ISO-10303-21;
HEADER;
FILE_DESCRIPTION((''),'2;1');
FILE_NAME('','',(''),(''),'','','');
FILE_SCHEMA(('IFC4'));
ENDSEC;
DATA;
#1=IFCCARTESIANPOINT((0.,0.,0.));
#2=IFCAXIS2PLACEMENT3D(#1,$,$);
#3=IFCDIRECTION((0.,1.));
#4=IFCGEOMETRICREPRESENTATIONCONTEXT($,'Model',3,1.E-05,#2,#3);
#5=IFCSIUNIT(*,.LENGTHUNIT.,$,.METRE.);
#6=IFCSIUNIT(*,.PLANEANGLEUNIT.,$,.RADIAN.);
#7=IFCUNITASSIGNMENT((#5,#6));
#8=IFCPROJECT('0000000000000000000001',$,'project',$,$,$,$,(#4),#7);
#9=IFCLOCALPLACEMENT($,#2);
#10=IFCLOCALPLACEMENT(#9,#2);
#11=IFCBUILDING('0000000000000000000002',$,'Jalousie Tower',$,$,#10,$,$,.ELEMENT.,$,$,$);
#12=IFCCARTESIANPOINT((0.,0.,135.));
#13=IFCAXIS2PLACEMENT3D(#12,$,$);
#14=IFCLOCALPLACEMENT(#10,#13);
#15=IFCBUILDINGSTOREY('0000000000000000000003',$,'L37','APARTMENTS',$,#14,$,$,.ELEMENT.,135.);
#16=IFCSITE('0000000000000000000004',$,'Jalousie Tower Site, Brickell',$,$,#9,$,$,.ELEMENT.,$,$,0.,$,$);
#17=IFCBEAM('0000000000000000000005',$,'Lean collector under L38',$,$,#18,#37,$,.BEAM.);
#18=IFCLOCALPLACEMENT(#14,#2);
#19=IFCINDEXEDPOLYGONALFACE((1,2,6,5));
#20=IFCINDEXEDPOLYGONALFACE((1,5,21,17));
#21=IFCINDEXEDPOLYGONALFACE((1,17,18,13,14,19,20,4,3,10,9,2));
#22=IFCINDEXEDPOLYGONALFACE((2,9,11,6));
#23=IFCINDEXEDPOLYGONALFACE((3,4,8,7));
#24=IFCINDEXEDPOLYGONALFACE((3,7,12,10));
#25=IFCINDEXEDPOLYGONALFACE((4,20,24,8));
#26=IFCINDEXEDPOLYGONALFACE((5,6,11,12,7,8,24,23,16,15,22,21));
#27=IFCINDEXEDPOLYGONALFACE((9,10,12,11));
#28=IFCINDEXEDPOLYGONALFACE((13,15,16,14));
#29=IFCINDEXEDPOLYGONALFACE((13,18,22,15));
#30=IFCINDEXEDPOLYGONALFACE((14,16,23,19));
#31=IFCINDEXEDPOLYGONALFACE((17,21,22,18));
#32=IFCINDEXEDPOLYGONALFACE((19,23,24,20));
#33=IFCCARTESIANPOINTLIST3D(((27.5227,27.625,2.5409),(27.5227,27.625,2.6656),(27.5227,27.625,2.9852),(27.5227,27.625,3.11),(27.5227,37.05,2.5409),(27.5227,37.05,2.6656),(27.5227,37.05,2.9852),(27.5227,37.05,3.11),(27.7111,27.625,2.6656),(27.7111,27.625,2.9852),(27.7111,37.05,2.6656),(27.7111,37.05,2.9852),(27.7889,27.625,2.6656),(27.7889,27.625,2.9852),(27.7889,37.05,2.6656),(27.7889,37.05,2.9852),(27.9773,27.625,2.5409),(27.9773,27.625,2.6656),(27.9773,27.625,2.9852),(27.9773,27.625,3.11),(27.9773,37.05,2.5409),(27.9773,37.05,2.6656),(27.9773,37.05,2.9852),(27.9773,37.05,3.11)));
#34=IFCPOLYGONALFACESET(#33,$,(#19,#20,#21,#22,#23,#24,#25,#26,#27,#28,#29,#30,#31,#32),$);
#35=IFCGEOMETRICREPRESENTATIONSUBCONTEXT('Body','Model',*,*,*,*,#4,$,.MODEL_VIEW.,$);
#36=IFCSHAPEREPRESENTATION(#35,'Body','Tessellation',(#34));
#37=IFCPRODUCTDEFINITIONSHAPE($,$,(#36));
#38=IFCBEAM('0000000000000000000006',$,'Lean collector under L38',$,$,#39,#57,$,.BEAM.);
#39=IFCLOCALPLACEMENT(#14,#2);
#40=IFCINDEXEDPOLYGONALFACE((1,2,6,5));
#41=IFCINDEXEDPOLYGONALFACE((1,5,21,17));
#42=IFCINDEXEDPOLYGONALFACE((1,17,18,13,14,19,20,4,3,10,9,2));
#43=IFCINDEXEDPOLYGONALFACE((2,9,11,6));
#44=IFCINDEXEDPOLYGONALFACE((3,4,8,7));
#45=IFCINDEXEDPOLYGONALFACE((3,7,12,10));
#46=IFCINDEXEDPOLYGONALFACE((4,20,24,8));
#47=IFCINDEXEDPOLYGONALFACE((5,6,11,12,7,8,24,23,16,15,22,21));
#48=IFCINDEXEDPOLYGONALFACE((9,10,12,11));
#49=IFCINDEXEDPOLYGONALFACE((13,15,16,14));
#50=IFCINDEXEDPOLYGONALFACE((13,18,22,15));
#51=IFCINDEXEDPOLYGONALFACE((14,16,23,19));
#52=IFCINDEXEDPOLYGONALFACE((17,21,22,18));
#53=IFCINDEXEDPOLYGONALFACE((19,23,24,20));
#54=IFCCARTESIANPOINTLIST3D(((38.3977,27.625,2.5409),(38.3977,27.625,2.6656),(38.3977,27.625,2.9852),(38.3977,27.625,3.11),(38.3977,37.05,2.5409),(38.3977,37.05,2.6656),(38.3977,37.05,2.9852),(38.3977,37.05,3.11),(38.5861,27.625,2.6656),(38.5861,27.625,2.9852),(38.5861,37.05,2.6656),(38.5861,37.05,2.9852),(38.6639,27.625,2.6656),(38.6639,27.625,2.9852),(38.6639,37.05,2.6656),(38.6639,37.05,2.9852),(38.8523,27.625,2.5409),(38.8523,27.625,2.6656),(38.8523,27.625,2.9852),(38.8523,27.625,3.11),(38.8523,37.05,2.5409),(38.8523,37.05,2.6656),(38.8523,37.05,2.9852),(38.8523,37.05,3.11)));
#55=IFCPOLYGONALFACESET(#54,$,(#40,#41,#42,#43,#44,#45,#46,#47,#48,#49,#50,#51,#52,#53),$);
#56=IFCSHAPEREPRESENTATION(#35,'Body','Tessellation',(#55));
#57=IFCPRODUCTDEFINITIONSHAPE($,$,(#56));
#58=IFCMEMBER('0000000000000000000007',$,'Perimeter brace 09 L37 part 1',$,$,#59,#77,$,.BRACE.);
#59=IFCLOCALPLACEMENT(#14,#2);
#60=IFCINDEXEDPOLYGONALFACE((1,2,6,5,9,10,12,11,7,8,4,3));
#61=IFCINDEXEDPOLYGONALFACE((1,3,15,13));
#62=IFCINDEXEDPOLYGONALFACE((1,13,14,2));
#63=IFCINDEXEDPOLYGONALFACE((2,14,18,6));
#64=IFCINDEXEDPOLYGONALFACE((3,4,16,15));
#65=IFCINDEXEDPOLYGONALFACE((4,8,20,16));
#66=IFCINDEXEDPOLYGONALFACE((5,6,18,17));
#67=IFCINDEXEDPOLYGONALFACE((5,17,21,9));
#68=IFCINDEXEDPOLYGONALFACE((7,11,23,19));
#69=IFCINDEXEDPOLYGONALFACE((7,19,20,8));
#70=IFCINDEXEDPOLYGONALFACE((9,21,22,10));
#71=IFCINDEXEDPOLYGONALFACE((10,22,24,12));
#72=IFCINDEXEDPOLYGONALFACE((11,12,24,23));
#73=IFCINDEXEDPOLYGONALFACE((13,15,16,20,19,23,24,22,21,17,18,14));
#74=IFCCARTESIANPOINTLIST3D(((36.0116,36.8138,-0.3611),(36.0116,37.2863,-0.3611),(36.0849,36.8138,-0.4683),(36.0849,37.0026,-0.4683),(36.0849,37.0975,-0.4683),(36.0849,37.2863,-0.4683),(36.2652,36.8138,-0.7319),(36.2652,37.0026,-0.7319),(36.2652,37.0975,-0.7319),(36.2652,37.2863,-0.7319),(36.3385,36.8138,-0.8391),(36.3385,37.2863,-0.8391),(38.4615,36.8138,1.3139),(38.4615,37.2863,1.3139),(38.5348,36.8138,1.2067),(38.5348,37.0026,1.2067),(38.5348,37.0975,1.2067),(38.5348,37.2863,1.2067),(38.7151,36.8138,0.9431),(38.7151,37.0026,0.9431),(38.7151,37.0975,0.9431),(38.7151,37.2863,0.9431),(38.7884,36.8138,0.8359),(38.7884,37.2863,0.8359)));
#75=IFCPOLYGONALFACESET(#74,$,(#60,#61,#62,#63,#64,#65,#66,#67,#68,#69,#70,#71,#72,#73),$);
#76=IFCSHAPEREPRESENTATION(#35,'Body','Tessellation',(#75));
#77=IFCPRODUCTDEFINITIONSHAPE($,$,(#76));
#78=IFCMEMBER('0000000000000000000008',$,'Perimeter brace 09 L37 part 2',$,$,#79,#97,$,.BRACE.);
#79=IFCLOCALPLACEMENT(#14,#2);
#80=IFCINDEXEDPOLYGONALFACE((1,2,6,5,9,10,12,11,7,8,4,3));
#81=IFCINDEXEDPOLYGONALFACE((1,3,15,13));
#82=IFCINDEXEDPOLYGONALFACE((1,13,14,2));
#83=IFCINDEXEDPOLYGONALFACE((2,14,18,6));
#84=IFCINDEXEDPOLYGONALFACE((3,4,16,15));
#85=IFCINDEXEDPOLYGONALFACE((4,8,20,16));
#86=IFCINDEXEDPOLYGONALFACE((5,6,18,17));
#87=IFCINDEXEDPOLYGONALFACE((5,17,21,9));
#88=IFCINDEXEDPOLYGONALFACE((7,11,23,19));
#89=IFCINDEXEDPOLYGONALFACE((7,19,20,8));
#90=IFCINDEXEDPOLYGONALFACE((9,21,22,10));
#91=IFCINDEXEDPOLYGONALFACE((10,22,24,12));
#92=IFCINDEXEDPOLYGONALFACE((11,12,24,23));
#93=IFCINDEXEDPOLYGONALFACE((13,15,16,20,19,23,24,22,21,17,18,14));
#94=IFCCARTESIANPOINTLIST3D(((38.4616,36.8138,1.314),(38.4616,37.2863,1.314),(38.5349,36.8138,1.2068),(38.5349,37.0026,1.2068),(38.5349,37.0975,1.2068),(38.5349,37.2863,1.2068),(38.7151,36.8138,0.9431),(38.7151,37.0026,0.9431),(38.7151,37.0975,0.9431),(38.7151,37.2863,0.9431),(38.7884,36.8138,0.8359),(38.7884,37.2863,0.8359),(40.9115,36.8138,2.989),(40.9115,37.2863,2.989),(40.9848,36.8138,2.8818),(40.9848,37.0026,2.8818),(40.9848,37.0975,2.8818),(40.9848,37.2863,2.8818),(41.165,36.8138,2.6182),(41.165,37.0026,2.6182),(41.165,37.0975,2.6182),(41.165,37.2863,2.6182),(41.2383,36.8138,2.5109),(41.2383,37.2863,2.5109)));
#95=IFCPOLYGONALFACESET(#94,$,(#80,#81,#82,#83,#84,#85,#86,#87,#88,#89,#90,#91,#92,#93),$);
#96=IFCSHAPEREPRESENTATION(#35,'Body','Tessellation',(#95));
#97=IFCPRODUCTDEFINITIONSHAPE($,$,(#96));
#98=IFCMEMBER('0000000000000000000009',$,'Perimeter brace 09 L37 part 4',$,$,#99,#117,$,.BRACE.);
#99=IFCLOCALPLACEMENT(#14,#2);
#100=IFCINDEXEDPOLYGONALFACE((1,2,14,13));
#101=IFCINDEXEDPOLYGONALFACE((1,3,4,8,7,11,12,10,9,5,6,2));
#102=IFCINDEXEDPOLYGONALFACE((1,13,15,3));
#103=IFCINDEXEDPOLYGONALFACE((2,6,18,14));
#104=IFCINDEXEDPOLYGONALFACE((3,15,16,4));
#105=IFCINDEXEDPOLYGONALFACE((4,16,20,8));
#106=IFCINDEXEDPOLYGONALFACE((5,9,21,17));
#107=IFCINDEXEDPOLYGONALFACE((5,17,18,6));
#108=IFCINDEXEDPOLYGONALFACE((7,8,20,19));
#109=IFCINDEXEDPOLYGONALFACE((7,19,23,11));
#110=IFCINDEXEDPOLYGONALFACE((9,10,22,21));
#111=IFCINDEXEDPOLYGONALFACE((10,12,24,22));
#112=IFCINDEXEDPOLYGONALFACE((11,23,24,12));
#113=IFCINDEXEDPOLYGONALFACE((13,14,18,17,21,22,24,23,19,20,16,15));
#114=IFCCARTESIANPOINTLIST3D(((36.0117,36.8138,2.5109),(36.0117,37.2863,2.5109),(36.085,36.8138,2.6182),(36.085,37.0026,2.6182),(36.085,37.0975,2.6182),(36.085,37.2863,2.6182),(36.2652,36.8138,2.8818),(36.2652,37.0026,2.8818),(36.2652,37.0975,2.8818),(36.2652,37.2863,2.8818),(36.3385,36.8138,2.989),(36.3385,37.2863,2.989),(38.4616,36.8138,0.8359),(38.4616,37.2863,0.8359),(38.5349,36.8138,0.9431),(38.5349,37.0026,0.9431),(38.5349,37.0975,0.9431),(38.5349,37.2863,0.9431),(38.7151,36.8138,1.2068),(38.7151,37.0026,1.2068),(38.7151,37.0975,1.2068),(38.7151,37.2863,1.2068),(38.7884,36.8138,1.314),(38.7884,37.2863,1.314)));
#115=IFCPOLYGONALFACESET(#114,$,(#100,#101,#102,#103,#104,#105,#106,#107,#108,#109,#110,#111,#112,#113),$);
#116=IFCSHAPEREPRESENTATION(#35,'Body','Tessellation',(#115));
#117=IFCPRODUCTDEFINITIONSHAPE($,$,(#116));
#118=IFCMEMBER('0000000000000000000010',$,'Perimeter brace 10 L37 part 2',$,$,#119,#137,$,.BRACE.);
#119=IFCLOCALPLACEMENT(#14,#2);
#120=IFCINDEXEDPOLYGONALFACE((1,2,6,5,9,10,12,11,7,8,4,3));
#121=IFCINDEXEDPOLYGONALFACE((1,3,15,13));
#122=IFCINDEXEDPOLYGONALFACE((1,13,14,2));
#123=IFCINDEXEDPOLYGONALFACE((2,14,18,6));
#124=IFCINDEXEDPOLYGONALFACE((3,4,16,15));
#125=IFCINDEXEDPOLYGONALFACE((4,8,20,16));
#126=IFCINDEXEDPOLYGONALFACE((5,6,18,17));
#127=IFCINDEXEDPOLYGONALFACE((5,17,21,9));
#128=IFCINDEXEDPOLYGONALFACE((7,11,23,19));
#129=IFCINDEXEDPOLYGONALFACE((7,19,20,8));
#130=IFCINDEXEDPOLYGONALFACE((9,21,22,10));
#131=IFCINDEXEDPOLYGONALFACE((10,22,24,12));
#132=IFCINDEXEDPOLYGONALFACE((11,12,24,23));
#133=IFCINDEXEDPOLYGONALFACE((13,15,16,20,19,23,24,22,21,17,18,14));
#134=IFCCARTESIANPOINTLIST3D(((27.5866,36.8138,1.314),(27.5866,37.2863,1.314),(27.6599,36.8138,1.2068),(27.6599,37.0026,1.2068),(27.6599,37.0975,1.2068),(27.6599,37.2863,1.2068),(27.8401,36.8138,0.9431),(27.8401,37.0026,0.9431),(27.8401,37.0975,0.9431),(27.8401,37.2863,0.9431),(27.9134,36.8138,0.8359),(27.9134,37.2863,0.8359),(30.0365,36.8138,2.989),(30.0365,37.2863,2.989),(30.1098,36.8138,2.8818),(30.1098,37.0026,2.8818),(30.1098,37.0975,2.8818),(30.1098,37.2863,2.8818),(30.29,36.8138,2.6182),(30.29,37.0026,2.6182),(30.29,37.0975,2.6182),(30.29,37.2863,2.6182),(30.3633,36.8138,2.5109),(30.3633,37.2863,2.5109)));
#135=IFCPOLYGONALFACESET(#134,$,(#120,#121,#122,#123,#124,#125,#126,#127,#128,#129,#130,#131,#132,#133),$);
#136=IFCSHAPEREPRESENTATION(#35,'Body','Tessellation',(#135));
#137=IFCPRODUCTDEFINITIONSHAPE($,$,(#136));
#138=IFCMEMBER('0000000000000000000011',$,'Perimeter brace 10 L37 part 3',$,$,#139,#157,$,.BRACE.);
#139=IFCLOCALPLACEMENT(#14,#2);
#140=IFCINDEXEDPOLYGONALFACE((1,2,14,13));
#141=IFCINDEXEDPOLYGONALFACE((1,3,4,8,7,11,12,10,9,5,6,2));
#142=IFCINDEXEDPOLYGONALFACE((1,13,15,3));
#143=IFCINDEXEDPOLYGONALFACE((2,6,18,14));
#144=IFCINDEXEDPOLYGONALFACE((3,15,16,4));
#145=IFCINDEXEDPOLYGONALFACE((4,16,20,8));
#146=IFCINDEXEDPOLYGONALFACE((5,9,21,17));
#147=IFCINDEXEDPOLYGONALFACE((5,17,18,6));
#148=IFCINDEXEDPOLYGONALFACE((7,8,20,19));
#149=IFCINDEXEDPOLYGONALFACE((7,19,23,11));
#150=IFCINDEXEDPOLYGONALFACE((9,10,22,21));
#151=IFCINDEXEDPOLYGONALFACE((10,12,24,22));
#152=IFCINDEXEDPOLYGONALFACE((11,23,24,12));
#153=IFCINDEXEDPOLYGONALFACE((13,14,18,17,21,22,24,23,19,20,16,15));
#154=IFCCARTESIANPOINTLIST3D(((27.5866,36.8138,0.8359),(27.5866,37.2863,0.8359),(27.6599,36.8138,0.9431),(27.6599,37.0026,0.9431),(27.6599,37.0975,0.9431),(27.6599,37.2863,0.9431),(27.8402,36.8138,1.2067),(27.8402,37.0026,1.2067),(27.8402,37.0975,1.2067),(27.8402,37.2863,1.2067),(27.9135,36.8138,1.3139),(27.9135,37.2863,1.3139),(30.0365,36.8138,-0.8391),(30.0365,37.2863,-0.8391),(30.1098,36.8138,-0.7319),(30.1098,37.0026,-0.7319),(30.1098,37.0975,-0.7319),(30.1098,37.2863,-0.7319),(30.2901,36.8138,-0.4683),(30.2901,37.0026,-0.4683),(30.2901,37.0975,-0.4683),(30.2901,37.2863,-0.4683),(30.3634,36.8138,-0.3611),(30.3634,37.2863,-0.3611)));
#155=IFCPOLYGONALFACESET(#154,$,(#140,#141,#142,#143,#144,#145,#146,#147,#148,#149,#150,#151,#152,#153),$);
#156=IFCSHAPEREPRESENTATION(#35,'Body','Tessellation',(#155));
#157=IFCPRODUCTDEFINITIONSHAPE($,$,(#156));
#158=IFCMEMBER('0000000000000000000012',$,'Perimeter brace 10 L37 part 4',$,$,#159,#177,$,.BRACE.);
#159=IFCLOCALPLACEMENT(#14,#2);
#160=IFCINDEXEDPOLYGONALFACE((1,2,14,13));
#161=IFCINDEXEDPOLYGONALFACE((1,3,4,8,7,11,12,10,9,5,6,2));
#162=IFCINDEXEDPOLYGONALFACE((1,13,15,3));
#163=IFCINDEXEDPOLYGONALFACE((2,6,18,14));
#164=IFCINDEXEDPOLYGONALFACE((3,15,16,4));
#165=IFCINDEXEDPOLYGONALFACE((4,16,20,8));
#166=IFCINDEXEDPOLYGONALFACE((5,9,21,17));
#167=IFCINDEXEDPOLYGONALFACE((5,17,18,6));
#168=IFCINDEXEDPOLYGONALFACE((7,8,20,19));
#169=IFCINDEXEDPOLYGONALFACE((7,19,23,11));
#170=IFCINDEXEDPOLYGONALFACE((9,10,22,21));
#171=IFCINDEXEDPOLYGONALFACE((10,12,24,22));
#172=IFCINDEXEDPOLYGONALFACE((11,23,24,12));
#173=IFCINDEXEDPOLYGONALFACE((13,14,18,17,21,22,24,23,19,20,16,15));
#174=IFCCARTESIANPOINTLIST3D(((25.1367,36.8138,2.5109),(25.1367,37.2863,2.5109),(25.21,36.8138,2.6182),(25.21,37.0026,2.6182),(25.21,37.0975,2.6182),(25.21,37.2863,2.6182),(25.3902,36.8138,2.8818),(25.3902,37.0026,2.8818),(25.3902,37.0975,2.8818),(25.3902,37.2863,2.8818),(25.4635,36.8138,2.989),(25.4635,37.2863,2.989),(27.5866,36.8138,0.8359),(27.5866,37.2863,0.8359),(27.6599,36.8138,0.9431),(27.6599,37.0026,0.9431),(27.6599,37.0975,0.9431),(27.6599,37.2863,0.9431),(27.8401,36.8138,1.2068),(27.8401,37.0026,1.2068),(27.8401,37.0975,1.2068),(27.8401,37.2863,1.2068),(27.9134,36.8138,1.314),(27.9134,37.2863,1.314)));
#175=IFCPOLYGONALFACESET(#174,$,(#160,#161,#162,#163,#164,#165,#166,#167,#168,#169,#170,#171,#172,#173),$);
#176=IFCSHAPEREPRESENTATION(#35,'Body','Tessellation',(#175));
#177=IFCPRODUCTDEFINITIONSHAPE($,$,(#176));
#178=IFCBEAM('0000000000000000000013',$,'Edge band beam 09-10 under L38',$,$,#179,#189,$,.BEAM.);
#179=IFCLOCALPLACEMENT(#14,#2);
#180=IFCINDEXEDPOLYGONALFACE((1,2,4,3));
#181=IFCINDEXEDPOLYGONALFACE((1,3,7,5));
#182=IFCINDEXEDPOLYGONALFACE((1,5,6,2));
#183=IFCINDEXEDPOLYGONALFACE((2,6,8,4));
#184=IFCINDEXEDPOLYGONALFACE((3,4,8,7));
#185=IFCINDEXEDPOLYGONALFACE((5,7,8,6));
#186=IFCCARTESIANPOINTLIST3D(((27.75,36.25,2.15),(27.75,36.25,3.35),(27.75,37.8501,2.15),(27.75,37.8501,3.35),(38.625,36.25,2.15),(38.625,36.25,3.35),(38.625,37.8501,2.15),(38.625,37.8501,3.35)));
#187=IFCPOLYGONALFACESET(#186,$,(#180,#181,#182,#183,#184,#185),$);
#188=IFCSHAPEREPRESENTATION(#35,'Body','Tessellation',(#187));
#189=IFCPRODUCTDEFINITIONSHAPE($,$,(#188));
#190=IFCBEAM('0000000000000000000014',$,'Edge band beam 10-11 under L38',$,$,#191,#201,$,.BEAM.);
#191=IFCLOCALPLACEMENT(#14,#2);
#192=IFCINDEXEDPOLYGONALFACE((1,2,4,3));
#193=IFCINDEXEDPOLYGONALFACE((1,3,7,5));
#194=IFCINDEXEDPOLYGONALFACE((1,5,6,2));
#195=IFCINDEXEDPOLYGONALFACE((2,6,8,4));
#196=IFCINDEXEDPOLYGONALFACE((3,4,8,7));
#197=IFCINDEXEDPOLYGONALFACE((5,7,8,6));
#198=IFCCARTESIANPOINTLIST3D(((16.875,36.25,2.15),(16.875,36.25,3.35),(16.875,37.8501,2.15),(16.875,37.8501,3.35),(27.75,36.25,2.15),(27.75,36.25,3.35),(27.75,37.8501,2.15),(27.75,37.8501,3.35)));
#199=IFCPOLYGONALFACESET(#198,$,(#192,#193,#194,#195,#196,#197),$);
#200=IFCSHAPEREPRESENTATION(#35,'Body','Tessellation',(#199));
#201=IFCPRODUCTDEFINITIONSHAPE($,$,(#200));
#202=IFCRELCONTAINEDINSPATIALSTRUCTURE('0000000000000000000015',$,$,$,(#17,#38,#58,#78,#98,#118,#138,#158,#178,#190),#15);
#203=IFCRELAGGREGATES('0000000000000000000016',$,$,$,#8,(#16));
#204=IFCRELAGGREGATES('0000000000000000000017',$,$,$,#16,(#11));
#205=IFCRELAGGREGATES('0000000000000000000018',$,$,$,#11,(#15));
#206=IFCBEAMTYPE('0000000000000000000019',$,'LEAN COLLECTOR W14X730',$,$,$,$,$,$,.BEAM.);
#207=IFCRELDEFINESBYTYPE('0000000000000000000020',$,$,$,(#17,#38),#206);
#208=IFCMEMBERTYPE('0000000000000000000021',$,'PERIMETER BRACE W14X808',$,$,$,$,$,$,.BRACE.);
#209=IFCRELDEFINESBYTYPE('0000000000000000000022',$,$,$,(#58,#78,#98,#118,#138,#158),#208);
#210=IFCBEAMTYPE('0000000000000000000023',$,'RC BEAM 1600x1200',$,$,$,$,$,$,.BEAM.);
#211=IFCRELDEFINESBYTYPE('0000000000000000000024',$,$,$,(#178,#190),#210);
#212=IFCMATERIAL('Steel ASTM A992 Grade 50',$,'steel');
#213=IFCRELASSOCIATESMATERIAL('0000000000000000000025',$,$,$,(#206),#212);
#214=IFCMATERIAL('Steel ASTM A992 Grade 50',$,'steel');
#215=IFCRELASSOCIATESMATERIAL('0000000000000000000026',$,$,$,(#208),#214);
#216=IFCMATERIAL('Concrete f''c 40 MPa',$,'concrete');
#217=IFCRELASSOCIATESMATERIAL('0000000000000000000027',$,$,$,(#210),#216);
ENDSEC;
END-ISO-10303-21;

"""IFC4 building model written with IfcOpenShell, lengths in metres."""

from ifc_helpers import new_model, si_unit, direction, frame, origin, origin_2d, place, context, subcontext, project, spatial, rectangle, i_section, extrude, material, material_profile, profile_set, type_object, element, save


model = new_model("IFC4")

# Units and contexts
model_context = context("Model", 3, precision=1e-05, world=origin(), true_north=direction((0.0, 1.0)))
body_context = subcontext(model_context, "Body", "Model", "MODEL_VIEW")
ifc_project = project(units=[si_unit("LENGTHUNIT", "METRE"), si_unit("PLANEANGLEUNIT", "RADIAN")], contexts=[model_context])

# Site, building, storey
site_placement = place(None, origin())
site = spatial("IfcSite", under=ifc_project, at=site_placement, Name="Jalousie Tower Site, Brickell", CompositionType="ELEMENT", RefElevation=0.0)
building_placement = place(site_placement, origin())
building = spatial("IfcBuilding", under=site, at=building_placement, Name="Jalousie Tower", CompositionType="ELEMENT")
storey_placement = place(building_placement, frame((0.0, 0.0, 135.0)))
storey = spatial("IfcBuildingStorey", under=building, at=storey_placement, Name="L37", Description="APARTMENTS", CompositionType="ELEMENT", Elevation=135.0)

# Beams
ifc_material_1 = material(Name="Steel ASTM A992 Grade 50", Category="steel")
ifc_material_profile_1 = material_profile(ifc_material_1, i_section(OverallWidth=0.4546, OverallDepth=0.5691, WebThickness=0.0779, FlangeThickness=0.1248, at=origin_2d()), Name="W14X730")
ifc_profile_set_1 = profile_set([ifc_material_profile_1], Name="Steel ASTM A992 Grade 50")
beam_type_1 = type_object("IfcBeamType", Name="LEAN COLLECTOR W14X730", PredefinedType="BEAM", material=ifc_profile_set_1)
for number, where, z_axis, x_axis, name in (
    (1, (27.75, 37.05, 2.8254), (0.0, -1.0, 0.0), (1.0, 0.0, 0.0), "Lean collector under L38"),
    (2, (38.625, 37.05, 2.8254), (0.0, -1.0, 0.0), (1.0, 0.0, 0.0), "Lean collector under L38"),
):
    element("IfcBeam", number, at=place(storey_placement, frame(where, z_axis=z_axis, x_axis=x_axis)), inside=storey, type_object=beam_type_1, Name=name, PredefinedType="BEAM", context=body_context, shape_type="SweptSolid", body=[
        extrude(i_section(OverallWidth=0.4546, OverallDepth=0.5691, WebThickness=0.0779, FlangeThickness=0.1248, at=origin_2d()), origin(), (0.0, 0.0, 1.0), 9.425),
    ])

# Members
ifc_material_2 = material(Name="Steel ASTM A992 Grade 50", Category="steel")
ifc_material_profile_2 = material_profile(ifc_material_2, i_section(OverallWidth=0.4724, OverallDepth=0.5791, WebThickness=0.095, FlangeThickness=0.1299, at=origin_2d()), Name="W14X808")
ifc_profile_set_2 = profile_set([ifc_material_profile_2], Name="Steel ASTM A992 Grade 50")
member_type_1 = type_object("IfcMemberType", Name="PERIMETER BRACE W14X808", PredefinedType="BRACE", material=ifc_profile_set_2)
for number, where, z_axis, x_axis, name in (
    (3, (36.175, 37.05, -0.6001), (0.825501, 0.0, 0.564401), (0.0, 1.0, 0.0), "Perimeter brace 09 L37 part 1"),
    (4, (38.625, 37.05, 1.075), (0.825501, 0.0, 0.564401), (0.0, 1.0, 0.0), "Perimeter brace 09 L37 part 2"),
    (5, (38.625, 37.05, 1.075), (-0.825501, 0.0, 0.564401), (0.0, -1.0, 0.0), "Perimeter brace 09 L37 part 4"),
    (6, (27.75, 37.05, 1.075), (0.825501, 0.0, 0.564401), (0.0, 1.0, 0.0), "Perimeter brace 10 L37 part 2"),
    (7, (30.2, 37.05, -0.6001), (-0.825501, 0.0, 0.564401), (0.0, -1.0, 0.0), "Perimeter brace 10 L37 part 3"),
    (8, (27.75, 37.05, 1.075), (-0.825501, 0.0, 0.564401), (0.0, -1.0, 0.0), "Perimeter brace 10 L37 part 4"),
):
    element("IfcMember", number, at=place(storey_placement, frame(where, z_axis=z_axis, x_axis=x_axis)), inside=storey, type_object=member_type_1, Name=name, PredefinedType="BRACE", context=body_context, shape_type="SweptSolid", body=[
        extrude(i_section(OverallWidth=0.4724, OverallDepth=0.5791, WebThickness=0.095, FlangeThickness=0.1299, at=origin_2d()), origin(), (0.0, 0.0, 1.0), 2.9678),
    ])

# Beams
ifc_material_3 = material(Name="Concrete f'c 40 MPa", Category="concrete")
ifc_material_profile_3 = material_profile(ifc_material_3, rectangle(XDim=1.6001, YDim=1.2, at=origin_2d()), Name="RC 1600x1200")
ifc_profile_set_3 = profile_set([ifc_material_profile_3], Name="Concrete f'c 40 MPa")
beam_type_2 = type_object("IfcBeamType", Name="RC BEAM 1600x1200", PredefinedType="BEAM", material=ifc_profile_set_3)
for number, where, z_axis, x_axis, name in (
    (9, (38.625, 37.05, 2.75), (-1.0, 0.0, 0.0), (0.0, -1.0, 0.0), "Edge band beam 09-10 under L38"),
    (10, (27.75, 37.05, 2.75), (-1.0, 0.0, 0.0), (0.0, -1.0, 0.0), "Edge band beam 10-11 under L38"),
):
    element("IfcBeam", number, at=place(storey_placement, frame(where, z_axis=z_axis, x_axis=x_axis)), inside=storey, type_object=beam_type_2, Name=name, PredefinedType="BEAM", context=body_context, shape_type="SweptSolid", body=[
        extrude(rectangle(XDim=1.6001, YDim=1.2, at=origin_2d()), origin(), (0.0, 0.0, 1.0), 10.875),
    ])

save(model, "model.ifc")
